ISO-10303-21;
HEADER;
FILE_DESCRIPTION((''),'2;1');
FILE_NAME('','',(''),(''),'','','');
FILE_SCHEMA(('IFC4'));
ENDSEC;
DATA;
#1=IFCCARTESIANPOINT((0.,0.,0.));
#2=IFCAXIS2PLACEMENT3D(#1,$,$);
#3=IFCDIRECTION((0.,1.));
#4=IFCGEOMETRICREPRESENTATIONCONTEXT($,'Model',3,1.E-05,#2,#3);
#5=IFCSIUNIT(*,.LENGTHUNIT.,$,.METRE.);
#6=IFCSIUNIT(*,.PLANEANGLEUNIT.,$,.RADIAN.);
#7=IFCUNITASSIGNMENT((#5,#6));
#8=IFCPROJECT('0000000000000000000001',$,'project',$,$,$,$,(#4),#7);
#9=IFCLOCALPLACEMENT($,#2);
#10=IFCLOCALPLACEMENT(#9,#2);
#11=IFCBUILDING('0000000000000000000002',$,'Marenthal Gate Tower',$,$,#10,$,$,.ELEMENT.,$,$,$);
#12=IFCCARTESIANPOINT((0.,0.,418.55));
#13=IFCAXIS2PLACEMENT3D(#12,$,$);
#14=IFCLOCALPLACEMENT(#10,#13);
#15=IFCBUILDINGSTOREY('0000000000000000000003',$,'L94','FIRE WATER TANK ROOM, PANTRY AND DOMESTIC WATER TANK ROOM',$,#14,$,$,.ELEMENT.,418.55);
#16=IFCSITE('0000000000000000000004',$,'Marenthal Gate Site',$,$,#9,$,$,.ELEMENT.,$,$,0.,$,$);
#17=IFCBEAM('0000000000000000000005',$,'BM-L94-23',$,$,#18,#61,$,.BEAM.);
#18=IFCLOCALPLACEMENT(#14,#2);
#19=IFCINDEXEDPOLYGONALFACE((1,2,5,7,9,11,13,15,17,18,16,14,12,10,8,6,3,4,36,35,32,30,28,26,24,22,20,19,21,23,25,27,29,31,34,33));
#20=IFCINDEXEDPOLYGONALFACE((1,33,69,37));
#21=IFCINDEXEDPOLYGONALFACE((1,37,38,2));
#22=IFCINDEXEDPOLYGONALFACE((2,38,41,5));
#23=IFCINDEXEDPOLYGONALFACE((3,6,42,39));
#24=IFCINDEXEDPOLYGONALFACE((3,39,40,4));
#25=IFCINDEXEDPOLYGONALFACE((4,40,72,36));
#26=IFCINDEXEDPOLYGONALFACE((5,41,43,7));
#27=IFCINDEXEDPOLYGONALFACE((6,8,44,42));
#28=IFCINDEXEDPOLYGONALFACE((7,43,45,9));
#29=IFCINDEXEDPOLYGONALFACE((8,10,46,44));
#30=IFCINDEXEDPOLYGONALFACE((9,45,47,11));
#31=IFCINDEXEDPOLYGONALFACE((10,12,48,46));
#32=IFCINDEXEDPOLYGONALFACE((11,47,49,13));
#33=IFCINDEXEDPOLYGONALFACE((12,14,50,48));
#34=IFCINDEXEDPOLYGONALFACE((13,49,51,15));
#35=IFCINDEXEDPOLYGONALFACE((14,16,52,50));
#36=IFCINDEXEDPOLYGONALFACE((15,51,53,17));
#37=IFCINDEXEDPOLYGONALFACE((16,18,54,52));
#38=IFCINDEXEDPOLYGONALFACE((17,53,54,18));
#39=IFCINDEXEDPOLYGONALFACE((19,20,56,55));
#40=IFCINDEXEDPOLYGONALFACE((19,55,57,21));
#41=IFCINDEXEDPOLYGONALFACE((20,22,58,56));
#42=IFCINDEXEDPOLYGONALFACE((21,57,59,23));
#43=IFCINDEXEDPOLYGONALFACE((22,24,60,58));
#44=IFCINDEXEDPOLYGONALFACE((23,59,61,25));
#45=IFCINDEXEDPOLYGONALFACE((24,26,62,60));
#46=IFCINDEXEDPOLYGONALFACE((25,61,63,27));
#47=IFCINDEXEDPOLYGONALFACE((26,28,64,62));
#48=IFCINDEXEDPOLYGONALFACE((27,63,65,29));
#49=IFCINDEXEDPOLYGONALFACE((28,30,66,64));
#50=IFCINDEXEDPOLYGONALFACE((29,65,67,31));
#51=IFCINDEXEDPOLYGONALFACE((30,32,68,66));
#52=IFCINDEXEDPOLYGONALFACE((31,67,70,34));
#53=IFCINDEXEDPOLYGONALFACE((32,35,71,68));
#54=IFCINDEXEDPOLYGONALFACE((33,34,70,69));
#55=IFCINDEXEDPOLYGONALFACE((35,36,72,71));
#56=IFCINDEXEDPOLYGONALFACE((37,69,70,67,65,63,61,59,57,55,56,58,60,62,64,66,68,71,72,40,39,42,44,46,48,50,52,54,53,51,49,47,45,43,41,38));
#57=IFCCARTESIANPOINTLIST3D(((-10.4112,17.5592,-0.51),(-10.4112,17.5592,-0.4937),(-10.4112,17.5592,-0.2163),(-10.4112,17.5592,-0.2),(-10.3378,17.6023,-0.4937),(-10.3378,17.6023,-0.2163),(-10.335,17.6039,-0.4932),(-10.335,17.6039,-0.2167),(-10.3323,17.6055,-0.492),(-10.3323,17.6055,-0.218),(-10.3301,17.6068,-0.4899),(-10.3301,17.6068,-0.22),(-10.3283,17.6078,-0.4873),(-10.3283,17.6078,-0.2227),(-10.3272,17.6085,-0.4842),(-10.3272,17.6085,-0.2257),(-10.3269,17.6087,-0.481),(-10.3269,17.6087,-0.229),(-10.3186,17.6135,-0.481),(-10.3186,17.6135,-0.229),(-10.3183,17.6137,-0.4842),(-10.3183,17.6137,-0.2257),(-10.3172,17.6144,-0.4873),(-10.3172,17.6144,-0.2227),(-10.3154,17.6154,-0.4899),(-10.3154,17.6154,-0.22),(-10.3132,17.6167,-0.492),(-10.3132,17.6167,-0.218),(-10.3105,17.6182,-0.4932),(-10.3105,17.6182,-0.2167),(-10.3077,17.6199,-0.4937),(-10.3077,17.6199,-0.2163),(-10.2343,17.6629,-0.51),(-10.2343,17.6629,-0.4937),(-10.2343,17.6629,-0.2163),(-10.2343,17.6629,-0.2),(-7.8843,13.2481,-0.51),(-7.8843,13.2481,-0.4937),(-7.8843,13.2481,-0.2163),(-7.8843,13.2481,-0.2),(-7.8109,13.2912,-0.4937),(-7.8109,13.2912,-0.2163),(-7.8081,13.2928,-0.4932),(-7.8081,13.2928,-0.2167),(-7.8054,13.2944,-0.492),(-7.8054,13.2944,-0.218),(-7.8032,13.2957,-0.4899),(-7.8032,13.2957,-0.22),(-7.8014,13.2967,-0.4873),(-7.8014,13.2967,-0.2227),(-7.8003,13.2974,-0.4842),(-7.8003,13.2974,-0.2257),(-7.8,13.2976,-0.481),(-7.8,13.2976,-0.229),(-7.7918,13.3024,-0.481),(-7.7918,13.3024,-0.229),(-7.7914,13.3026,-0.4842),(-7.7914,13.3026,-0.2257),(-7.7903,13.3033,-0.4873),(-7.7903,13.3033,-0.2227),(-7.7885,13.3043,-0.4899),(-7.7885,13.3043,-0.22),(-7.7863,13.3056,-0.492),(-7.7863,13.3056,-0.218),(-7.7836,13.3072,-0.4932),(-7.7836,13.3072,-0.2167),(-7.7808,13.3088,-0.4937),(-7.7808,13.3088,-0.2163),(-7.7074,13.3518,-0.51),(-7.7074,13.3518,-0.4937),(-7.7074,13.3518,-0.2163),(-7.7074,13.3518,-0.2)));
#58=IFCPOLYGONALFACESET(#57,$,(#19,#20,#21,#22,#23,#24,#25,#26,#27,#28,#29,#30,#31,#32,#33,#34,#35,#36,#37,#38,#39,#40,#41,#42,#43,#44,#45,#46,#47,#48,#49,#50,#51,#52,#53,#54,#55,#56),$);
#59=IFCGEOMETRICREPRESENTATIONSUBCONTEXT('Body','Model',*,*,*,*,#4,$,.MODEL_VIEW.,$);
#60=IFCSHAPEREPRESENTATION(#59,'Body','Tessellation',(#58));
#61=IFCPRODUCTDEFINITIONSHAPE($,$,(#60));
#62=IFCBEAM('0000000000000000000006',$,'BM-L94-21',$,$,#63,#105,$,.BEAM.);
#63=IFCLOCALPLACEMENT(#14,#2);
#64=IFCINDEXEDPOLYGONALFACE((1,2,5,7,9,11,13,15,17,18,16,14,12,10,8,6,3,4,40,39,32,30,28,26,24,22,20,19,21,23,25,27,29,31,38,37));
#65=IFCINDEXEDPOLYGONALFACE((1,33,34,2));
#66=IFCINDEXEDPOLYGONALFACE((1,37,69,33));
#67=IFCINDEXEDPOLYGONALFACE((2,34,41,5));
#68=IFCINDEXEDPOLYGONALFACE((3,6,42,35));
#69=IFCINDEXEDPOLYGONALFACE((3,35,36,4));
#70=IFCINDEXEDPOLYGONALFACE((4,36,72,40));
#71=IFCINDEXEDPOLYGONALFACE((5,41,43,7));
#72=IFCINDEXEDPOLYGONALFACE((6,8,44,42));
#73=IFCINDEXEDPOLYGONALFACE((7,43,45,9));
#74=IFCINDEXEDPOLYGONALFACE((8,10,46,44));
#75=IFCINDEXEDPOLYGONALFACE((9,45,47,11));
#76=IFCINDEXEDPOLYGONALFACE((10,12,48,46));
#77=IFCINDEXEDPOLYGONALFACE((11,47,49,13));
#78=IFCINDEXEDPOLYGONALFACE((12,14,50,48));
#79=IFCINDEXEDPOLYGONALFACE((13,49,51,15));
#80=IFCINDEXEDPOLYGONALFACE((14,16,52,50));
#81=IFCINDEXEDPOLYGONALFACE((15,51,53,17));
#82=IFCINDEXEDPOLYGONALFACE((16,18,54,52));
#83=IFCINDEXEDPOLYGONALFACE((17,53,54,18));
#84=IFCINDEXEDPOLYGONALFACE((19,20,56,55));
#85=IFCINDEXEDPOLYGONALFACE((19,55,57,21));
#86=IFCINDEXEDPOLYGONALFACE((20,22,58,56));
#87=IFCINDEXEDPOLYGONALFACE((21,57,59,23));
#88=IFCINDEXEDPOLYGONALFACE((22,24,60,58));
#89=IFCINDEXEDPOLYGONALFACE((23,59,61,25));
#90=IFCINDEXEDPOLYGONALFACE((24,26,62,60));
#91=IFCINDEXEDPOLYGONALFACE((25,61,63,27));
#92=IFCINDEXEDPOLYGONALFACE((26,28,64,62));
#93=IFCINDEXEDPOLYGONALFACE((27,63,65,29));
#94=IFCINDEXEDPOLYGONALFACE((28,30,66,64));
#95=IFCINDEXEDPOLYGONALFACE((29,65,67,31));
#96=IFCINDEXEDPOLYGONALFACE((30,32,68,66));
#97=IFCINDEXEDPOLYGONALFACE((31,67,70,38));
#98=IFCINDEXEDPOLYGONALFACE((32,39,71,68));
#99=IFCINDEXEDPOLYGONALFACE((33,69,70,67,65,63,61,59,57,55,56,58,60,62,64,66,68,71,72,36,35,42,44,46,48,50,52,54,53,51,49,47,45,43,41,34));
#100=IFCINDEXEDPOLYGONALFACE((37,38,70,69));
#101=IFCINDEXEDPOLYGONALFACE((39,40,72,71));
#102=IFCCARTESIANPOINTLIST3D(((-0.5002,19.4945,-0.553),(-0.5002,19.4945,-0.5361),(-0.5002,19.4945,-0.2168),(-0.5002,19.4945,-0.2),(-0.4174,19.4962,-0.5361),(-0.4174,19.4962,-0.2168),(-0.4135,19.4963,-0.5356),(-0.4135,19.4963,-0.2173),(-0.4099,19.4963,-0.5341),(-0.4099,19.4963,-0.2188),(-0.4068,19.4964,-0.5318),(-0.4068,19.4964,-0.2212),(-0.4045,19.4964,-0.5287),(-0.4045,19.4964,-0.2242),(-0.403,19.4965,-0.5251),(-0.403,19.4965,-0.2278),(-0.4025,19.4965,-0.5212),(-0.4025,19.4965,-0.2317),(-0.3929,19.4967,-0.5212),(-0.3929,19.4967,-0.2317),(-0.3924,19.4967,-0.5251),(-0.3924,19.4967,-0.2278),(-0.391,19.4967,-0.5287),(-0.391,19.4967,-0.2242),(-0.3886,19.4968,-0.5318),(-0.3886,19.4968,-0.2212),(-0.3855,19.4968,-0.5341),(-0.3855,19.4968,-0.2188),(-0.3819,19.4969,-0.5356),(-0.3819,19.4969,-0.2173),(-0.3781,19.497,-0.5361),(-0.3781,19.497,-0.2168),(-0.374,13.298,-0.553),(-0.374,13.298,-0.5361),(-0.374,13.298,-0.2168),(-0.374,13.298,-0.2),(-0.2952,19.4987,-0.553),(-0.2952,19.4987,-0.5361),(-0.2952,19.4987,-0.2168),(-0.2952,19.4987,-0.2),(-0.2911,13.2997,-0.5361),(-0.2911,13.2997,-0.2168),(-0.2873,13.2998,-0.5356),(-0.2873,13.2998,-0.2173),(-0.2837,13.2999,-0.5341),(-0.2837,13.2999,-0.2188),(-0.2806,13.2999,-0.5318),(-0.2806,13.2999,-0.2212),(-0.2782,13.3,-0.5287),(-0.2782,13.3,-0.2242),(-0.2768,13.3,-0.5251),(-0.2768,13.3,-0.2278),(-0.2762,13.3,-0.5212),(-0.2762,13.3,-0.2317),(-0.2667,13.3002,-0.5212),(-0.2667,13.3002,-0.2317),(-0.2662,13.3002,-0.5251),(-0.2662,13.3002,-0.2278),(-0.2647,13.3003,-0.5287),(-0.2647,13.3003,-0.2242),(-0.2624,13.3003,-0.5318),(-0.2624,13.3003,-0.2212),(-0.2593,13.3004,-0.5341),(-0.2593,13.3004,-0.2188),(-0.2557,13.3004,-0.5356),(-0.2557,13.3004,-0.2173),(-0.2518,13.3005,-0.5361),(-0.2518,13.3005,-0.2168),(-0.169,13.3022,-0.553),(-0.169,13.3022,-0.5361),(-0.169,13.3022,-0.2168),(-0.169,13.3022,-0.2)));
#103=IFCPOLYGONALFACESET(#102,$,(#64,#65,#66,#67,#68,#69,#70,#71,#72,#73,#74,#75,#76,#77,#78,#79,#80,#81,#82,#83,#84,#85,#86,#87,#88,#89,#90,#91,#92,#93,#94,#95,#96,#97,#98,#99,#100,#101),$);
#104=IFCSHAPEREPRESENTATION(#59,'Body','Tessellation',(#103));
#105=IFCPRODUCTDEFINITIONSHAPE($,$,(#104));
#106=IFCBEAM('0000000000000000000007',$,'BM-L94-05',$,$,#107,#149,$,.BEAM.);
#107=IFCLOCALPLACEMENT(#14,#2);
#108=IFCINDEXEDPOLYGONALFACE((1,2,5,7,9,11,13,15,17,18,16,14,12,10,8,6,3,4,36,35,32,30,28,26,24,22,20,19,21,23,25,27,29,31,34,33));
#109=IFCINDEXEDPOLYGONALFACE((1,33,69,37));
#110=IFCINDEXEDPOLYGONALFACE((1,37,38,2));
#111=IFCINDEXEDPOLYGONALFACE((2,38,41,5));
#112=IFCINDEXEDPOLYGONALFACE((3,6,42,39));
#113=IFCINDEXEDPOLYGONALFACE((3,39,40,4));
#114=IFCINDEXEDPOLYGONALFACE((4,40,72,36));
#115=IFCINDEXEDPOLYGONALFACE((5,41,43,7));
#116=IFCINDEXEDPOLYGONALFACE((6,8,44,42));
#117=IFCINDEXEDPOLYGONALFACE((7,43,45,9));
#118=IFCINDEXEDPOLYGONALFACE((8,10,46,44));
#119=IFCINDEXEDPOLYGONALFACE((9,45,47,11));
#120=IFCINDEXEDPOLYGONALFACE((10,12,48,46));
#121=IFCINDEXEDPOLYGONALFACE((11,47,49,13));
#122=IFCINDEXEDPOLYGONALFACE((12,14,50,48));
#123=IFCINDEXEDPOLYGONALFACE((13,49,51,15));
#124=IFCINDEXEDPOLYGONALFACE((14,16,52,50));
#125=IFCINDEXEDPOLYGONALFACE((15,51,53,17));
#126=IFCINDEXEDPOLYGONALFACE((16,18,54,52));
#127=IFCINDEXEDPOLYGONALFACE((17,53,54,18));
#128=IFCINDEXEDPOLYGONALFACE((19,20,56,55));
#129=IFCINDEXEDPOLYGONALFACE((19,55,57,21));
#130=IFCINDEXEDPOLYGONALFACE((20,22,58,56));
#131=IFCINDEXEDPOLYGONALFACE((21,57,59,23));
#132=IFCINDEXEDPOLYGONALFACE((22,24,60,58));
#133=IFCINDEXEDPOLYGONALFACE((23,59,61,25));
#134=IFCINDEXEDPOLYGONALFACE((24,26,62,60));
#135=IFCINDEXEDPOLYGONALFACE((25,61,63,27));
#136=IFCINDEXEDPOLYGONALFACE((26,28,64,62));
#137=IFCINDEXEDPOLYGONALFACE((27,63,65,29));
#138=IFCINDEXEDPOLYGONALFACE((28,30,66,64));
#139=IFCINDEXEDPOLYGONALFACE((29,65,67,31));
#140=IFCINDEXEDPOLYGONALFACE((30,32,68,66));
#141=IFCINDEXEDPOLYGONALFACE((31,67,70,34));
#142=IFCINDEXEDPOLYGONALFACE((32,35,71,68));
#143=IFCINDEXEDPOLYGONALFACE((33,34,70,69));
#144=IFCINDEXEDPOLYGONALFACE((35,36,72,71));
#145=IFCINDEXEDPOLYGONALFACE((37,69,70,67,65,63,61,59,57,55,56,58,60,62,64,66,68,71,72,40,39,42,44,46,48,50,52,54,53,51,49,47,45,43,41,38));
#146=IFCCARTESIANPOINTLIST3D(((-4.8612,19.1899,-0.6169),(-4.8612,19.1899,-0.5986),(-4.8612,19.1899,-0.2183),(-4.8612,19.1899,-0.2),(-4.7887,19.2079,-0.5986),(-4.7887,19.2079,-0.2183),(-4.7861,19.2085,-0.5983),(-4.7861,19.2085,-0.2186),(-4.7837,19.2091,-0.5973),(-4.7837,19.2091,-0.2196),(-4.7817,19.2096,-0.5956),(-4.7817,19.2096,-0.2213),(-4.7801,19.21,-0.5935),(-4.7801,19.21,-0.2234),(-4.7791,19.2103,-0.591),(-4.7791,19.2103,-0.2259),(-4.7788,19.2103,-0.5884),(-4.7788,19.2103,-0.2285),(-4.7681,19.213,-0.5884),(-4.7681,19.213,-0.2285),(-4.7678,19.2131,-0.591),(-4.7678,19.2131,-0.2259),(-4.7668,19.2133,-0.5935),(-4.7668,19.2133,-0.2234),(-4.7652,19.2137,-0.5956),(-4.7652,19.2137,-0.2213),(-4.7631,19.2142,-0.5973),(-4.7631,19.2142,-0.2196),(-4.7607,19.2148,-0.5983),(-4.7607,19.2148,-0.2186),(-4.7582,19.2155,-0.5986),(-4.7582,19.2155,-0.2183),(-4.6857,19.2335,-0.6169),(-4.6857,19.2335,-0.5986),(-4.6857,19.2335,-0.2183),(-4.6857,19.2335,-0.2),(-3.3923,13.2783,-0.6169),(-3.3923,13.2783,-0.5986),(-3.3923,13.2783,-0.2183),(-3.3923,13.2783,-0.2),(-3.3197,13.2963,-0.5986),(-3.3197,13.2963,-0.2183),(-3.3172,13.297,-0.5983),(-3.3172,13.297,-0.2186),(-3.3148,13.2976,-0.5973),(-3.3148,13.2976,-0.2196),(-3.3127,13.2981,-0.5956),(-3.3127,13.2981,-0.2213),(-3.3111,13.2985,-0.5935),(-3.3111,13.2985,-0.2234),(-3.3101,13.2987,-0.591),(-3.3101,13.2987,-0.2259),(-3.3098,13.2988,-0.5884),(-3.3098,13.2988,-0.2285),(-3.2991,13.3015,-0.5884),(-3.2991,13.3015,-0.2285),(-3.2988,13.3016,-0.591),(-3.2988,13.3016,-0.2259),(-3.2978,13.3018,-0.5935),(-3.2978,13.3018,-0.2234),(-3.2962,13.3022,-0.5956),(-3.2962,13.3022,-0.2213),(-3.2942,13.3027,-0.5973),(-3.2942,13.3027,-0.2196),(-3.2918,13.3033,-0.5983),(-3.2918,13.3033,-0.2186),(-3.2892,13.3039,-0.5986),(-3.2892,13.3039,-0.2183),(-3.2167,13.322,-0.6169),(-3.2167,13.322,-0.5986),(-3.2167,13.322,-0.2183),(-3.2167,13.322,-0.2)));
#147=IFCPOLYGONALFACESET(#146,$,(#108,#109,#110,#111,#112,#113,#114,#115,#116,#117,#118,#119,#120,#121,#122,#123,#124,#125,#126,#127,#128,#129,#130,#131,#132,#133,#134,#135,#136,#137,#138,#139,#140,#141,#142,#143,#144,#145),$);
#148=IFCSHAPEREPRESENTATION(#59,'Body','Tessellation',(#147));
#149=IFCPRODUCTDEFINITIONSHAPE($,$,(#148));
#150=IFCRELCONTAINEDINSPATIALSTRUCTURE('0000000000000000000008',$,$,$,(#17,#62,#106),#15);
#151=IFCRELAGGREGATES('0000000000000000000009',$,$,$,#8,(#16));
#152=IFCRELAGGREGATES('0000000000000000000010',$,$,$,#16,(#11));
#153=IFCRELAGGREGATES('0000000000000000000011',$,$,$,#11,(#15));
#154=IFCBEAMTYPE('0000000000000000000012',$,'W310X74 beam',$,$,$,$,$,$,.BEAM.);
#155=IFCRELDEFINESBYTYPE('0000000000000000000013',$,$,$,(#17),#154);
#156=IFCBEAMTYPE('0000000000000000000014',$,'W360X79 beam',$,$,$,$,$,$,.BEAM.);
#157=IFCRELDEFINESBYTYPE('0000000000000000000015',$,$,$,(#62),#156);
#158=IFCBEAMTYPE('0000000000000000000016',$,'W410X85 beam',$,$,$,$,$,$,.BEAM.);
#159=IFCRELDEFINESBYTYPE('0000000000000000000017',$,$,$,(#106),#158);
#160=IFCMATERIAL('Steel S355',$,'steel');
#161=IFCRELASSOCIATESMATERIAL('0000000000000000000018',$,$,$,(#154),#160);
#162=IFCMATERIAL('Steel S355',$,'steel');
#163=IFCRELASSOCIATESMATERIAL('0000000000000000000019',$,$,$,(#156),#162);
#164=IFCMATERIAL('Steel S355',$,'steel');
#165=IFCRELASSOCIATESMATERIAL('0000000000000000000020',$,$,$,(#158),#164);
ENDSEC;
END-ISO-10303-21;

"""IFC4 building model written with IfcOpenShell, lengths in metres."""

from ifc_helpers import new_model, si_unit, direction, frame, origin, origin_2d, place, context, subcontext, project, spatial, i_section, extrude, material, material_profile, profile_set, type_object, element, save


model = new_model("IFC4")

# Units and contexts
model_context = context("Model", 3, precision=1e-05, world=origin(), true_north=direction((0.0, 1.0)))
body_context = subcontext(model_context, "Body", "Model", "MODEL_VIEW")
ifc_project = project(units=[si_unit("LENGTHUNIT", "METRE"), si_unit("PLANEANGLEUNIT", "RADIAN")], contexts=[model_context])

# Site, building, storey
site_placement = place(None, origin())
site = spatial("IfcSite", under=ifc_project, at=site_placement, Name="Marenthal Gate Site", CompositionType="ELEMENT", RefElevation=0.0)
building_placement = place(site_placement, origin())
building = spatial("IfcBuilding", under=site, at=building_placement, Name="Marenthal Gate Tower", CompositionType="ELEMENT")
storey_placement = place(building_placement, frame((0.0, 0.0, 418.55)))
storey = spatial("IfcBuildingStorey", under=building, at=storey_placement, Name="L94", Description="FIRE WATER TANK ROOM, PANTRY AND DOMESTIC WATER TANK ROOM", CompositionType="ELEMENT", Elevation=418.55)

# Beams
ifc_material_1 = material(Name="Steel S355", Category="steel")
ifc_material_profile_1 = material_profile(ifc_material_1, i_section(OverallWidth=0.2051, OverallDepth=0.3101, WebThickness=0.0095, FlangeThickness=0.0164, FilletRadius=0.0127, at=origin_2d()), Name="W310X74")
ifc_profile_set_1 = profile_set([ifc_material_profile_1], Name="Steel S355")
beam_type_1 = type_object("IfcBeamType", Name="W310X74 beam", PredefinedType="BEAM", material=ifc_profile_set_1)
beam_1_placement = place(storey_placement, frame((-10.3228, 17.6111, -0.355), z_axis=(0.505674, -0.862724, 0.0), x_axis=(0.862724, 0.505674, 0.0)))
element("IfcBeam", 1, at=beam_1_placement, inside=storey, type_object=beam_type_1, Name="BM-L94-23", PredefinedType="BEAM", context=body_context, shape_type="SweptSolid", body=[
    extrude(i_section(OverallWidth=0.2051, OverallDepth=0.3101, WebThickness=0.0095, FlangeThickness=0.0164, FilletRadius=0.0127, at=origin_2d()), origin(), (0.0, 0.0, 1.0), 4.9971),
])
ifc_material_2 = material(Name="Steel S355", Category="steel")
ifc_material_profile_2 = material_profile(ifc_material_2, i_section(OverallWidth=0.2051, OverallDepth=0.353, WebThickness=0.0095, FlangeThickness=0.0168, FilletRadius=0.0149, at=origin_2d()), Name="W360X79")
ifc_profile_set_2 = profile_set([ifc_material_profile_2], Name="Steel S355")
beam_type_2 = type_object("IfcBeamType", Name="W360X79 beam", PredefinedType="BEAM", material=ifc_profile_set_2)
beam_2_placement = place(storey_placement, frame((-0.3977, 19.4966, -0.3765), z_axis=(0.020365, -0.999793, 0.0), x_axis=(0.999793, 0.020365, 0.0)))
element("IfcBeam", 2, at=beam_2_placement, inside=storey, type_object=beam_type_2, Name="BM-L94-21", PredefinedType="BEAM", context=body_context, shape_type="SweptSolid", body=[
    extrude(i_section(OverallWidth=0.2051, OverallDepth=0.353, WebThickness=0.0095, FlangeThickness=0.0168, FilletRadius=0.0149, at=origin_2d()), origin(), (0.0, 0.0, 1.0), 6.1978),
])
ifc_material_3 = material(Name="Steel S355", Category="steel")
ifc_material_profile_3 = material_profile(ifc_material_3, i_section(OverallWidth=0.1809, OverallDepth=0.417, WebThickness=0.011, FlangeThickness=0.0183, FilletRadius=0.0103, at=origin_2d()), Name="W410X85")
ifc_profile_set_3 = profile_set([ifc_material_profile_3], Name="Steel S355")
beam_type_3 = type_object("IfcBeamType", Name="W410X85 beam", PredefinedType="BEAM", material=ifc_profile_set_3)
beam_3_placement = place(storey_placement, frame((-4.7734, 19.2117, -0.4084), z_axis=(0.241159, -0.970486, 0.0), x_axis=(0.970486, 0.241159, 0.0)))
element("IfcBeam", 3, at=beam_3_placement, inside=storey, type_object=beam_type_3, Name="BM-L94-05", PredefinedType="BEAM", context=body_context, shape_type="SweptSolid", body=[
    extrude(i_section(OverallWidth=0.1809, OverallDepth=0.417, WebThickness=0.011, FlangeThickness=0.0183, FilletRadius=0.0103, at=origin_2d()), origin(), (0.0, 0.0, 1.0), 6.0913),
])

save(model, "model.ifc")
